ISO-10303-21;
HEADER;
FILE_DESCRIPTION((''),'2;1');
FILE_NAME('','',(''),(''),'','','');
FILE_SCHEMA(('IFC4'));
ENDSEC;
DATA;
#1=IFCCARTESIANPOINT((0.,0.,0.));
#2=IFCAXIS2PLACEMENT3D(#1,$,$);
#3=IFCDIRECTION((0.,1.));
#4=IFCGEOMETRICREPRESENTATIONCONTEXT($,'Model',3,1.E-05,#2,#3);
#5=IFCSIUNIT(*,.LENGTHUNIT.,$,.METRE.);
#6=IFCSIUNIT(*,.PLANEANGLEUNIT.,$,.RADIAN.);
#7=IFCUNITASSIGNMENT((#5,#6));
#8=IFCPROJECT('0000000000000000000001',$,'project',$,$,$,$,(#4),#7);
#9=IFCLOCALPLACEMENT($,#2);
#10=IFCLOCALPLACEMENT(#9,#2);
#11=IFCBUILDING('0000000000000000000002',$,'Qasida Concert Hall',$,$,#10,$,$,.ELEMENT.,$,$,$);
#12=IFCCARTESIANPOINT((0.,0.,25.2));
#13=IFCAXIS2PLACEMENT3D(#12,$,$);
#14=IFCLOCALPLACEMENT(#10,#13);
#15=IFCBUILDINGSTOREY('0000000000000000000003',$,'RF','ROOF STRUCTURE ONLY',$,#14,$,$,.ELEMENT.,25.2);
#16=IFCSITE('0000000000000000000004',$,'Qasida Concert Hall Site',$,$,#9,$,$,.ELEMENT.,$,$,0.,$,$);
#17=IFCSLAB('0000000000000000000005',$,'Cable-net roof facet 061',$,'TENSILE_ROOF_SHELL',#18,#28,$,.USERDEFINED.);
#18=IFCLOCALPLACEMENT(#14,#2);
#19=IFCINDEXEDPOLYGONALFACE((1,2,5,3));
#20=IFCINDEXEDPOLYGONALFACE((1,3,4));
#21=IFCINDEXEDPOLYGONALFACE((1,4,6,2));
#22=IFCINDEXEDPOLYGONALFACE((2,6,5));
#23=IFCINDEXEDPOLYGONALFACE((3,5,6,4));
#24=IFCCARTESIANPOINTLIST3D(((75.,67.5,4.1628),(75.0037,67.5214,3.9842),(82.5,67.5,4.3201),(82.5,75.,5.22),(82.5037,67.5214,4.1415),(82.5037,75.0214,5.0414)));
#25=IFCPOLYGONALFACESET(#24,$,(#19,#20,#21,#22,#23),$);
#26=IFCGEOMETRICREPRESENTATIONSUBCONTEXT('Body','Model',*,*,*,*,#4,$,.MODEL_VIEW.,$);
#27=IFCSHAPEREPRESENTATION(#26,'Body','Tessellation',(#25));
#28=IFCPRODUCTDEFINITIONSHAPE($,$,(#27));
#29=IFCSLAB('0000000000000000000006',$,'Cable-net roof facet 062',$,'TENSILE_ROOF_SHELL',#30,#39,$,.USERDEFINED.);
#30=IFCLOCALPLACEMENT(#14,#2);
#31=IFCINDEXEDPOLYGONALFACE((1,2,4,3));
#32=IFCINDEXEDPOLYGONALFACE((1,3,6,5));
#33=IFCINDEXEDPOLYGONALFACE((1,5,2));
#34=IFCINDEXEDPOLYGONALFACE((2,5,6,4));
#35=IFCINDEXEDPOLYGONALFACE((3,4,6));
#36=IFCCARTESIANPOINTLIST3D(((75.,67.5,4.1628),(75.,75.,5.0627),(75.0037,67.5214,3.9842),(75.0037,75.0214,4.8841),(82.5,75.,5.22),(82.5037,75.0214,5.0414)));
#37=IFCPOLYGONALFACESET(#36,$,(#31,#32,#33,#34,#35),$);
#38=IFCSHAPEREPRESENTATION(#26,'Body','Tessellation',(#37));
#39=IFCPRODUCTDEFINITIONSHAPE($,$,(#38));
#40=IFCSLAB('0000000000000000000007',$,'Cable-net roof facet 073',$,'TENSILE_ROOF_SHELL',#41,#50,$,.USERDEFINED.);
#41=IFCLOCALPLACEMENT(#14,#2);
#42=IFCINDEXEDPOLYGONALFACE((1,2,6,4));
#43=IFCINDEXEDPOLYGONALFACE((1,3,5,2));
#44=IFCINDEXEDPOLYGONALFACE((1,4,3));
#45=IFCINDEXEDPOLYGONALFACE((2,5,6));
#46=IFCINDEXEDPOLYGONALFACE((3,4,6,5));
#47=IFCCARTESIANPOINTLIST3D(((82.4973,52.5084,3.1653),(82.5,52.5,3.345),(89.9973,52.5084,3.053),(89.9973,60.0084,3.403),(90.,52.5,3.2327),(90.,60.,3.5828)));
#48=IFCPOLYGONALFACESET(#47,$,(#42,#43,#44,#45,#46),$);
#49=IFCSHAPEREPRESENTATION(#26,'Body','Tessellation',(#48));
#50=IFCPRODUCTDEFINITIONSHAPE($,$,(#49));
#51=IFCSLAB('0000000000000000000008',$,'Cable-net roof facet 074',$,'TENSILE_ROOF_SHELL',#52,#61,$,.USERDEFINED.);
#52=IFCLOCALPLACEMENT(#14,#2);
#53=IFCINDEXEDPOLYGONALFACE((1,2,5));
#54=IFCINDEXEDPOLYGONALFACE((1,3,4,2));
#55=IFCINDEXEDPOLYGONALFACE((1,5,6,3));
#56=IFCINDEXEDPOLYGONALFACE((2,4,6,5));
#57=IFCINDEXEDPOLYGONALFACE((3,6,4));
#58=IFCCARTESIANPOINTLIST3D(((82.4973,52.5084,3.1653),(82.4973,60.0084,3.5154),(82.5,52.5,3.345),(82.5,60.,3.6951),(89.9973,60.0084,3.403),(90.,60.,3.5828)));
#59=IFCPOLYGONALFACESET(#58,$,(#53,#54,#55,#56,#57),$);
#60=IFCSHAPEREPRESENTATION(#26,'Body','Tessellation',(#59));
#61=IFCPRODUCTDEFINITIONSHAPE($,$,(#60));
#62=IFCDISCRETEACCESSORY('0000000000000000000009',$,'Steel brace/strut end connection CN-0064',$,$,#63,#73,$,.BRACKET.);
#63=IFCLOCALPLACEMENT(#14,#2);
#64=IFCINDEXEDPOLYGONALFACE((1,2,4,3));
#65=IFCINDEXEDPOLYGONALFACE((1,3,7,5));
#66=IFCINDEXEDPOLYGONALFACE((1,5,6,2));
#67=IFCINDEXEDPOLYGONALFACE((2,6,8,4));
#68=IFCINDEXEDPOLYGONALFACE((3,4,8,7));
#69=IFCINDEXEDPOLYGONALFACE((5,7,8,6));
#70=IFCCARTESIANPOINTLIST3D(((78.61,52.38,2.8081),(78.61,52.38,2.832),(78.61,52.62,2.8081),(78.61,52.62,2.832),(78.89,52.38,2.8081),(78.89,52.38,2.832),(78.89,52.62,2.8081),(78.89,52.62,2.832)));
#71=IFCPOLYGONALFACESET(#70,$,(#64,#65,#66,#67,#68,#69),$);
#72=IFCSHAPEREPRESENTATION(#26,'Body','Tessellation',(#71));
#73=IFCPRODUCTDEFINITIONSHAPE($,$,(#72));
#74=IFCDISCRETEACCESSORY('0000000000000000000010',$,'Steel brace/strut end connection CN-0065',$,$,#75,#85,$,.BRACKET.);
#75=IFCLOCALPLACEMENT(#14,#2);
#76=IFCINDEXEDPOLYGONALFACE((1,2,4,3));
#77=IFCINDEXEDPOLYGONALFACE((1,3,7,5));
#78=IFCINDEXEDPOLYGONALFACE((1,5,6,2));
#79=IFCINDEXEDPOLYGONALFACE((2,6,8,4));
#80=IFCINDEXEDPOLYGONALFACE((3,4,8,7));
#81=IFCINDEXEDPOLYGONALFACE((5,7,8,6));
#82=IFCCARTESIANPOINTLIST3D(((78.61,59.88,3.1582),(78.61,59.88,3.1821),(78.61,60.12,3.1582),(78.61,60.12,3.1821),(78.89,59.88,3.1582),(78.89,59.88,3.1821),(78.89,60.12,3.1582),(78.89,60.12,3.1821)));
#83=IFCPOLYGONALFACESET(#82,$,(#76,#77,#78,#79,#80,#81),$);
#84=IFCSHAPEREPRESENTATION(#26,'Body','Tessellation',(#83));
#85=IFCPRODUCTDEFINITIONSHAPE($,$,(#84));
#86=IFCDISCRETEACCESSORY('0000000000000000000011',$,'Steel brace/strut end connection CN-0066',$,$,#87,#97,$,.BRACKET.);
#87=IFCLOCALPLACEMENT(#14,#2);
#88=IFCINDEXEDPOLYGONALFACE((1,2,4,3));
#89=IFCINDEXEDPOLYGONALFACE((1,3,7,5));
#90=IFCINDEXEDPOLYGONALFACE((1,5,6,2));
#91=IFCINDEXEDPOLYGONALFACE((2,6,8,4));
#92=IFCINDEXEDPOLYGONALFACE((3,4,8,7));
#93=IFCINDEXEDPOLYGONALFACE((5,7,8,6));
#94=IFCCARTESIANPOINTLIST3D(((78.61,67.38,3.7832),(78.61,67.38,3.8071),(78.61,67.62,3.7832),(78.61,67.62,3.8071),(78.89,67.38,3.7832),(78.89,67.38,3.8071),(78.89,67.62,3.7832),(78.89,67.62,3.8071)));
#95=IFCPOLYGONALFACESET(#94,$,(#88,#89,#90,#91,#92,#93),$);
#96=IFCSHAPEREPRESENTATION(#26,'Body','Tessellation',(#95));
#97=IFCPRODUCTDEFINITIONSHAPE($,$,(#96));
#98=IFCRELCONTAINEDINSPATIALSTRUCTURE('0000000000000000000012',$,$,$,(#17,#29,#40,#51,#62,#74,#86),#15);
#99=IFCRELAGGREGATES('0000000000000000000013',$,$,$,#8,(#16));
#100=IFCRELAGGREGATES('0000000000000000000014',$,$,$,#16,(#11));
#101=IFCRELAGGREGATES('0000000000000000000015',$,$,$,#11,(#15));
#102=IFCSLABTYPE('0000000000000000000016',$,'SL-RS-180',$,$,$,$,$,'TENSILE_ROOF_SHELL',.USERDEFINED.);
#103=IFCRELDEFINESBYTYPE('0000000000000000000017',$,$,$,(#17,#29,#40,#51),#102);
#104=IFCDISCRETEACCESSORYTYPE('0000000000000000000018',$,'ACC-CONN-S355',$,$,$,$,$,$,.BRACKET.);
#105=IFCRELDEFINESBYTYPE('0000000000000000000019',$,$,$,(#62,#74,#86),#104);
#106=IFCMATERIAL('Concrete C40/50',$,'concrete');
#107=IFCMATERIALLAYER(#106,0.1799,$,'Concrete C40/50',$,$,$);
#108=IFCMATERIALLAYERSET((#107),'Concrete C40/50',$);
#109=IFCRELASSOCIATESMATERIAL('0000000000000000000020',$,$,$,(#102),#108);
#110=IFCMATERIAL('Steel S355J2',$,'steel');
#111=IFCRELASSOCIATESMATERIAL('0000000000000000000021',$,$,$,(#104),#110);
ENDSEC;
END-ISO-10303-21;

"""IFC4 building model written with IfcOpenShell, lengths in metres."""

from ifc_helpers import new_model, si_unit, direction, frame, origin, origin_2d, place, context, subcontext, project, spatial, polyline, rectangle, outline, extrude, material, layer, layer_set, type_object, element, save


model = new_model("IFC4")

# Units and contexts
model_context = context("Model", 3, precision=1e-05, world=origin(), true_north=direction((0.0, 1.0)))
body_context = subcontext(model_context, "Body", "Model", "MODEL_VIEW")
ifc_project = project(units=[si_unit("LENGTHUNIT", "METRE"), si_unit("PLANEANGLEUNIT", "RADIAN")], contexts=[model_context])

# Site, building, storey
site_placement = place(None, origin())
site = spatial("IfcSite", under=ifc_project, at=site_placement, Name="Qasida Concert Hall Site", CompositionType="ELEMENT", RefElevation=0.0)
building_placement = place(site_placement, origin())
building = spatial("IfcBuilding", under=site, at=building_placement, Name="Qasida Concert Hall", CompositionType="ELEMENT")
storey_placement = place(building_placement, frame((0.0, 0.0, 25.2)))
storey = spatial("IfcBuildingStorey", under=building, at=storey_placement, Name="RF", Description="ROOF STRUCTURE ONLY", CompositionType="ELEMENT", Elevation=25.2)

# Shared definitions
ifc_material_1 = material(Name="Steel S355J2", Category="steel")

# Slabs
ifc_material_2 = material(Name="Concrete C40/50", Category="concrete")
ifc_layer_1 = layer(ifc_material_2, 0.1799, Name="Concrete C40/50")
ifc_layer_set_1 = layer_set([ifc_layer_1], Name="Concrete C40/50")
slab_type = type_object("IfcSlabType", Name="SL-RS-180", ElementType="TENSILE_ROOF_SHELL", PredefinedType="USERDEFINED", material=ifc_layer_set_1)
slab_1_placement = place(storey_placement, frame((75.0, 67.5, 4.1628), z_axis=(-0.02081, -0.119107, 0.992663), x_axis=(0.99978, 0.0, 0.020959)))
element("IfcSlab", 1, at=slab_1_placement, inside=storey, type_object=slab_type, Name="Cable-net roof facet 061", ObjectType="TENSILE_ROOF_SHELL", PredefinedType="USERDEFINED", context=body_context, shape_type="SweptSolid", body=[
    extrude(outline(polyline([(0.0, 0.0), (7.5016, 0.0), (7.5205, 7.5538), (0.0, 0.0)])), origin(), (0.0, 0.0, -1.0), 0.1799),
])
slab_2_placement = place(storey_placement, frame((75.0, 67.5, 4.1628), z_axis=(-0.02081, -0.119107, 0.992663), x_axis=(0.703621, 0.703621, 0.099176)))
element("IfcSlab", 2, at=slab_2_placement, inside=storey, type_object=slab_type, Name="Cable-net roof facet 062", ObjectType="TENSILE_ROOF_SHELL", PredefinedType="USERDEFINED", context=body_context, shape_type="SweptSolid", body=[
    extrude(outline(polyline([(0.0, 0.0), (10.6592, 0.0), (5.3664, 5.3162), (0.0, 0.0)])), origin(), (0.0, 0.0, -1.0), 0.1799),
])
slab_3_placement = place(storey_placement, frame((82.5, 52.5, 3.345), z_axis=(0.014956, -0.046624, 0.998801), x_axis=(0.999888, 0.0, -0.014972)))
element("IfcSlab", 3, at=slab_3_placement, inside=storey, type_object=slab_type, Name="Cable-net roof facet 073", ObjectType="TENSILE_ROOF_SHELL", PredefinedType="USERDEFINED", context=body_context, shape_type="SweptSolid", body=[
    extrude(outline(polyline([(0.0, 0.0), (7.5008, 0.0), (7.4956, 7.5082), (0.0, 0.0)])), origin(), (0.0, 0.0, -1.0), 0.1799),
])
slab_4_placement = place(storey_placement, frame((82.5, 52.5, 3.345), z_axis=(0.014956, -0.046624, 0.998801), x_axis=(0.706929, 0.706929, 0.022414)))
element("IfcSlab", 4, at=slab_4_placement, inside=storey, type_object=slab_type, Name="Cable-net roof facet 074", ObjectType="TENSILE_ROOF_SHELL", PredefinedType="USERDEFINED", context=body_context, shape_type="SweptSolid", body=[
    extrude(outline(polyline([(0.0, 0.0), (10.6093, 0.0), (5.3098, 5.3083), (0.0, 0.0)])), origin(), (0.0, 0.0, -1.0), 0.1799),
])

# Discrete accessories
discrete_accessory_type = type_object("IfcDiscreteAccessoryType", Name="ACC-CONN-S355", PredefinedType="BRACKET", material=ifc_material_1)
for number, where, z_axis, x_axis, name in (
    (5, (78.75, 52.5, 2.8081), (0.0, 0.0, 1.0), (1.0, 0.0, 0.0), "Steel brace/strut end connection CN-0064"),
    (6, (78.75, 60.0, 3.1582), (0.0, 0.0, 1.0), (1.0, 0.0, 0.0), "Steel brace/strut end connection CN-0065"),
    (7, (78.75, 67.5, 3.7832), (0.0, 0.0, 1.0), (1.0, 0.0, 0.0), "Steel brace/strut end connection CN-0066"),
):
    element("IfcDiscreteAccessory", number, at=place(storey_placement, frame(where, z_axis=z_axis, x_axis=x_axis)), inside=storey, type_object=discrete_accessory_type, Name=name, PredefinedType="BRACKET", context=body_context, shape_type="SweptSolid", body=[
        extrude(rectangle(XDim=0.28, YDim=0.24, at=origin_2d()), origin(), (0.0, 0.0, 1.0), 0.0239),
    ])

save(model, "model.ifc")
